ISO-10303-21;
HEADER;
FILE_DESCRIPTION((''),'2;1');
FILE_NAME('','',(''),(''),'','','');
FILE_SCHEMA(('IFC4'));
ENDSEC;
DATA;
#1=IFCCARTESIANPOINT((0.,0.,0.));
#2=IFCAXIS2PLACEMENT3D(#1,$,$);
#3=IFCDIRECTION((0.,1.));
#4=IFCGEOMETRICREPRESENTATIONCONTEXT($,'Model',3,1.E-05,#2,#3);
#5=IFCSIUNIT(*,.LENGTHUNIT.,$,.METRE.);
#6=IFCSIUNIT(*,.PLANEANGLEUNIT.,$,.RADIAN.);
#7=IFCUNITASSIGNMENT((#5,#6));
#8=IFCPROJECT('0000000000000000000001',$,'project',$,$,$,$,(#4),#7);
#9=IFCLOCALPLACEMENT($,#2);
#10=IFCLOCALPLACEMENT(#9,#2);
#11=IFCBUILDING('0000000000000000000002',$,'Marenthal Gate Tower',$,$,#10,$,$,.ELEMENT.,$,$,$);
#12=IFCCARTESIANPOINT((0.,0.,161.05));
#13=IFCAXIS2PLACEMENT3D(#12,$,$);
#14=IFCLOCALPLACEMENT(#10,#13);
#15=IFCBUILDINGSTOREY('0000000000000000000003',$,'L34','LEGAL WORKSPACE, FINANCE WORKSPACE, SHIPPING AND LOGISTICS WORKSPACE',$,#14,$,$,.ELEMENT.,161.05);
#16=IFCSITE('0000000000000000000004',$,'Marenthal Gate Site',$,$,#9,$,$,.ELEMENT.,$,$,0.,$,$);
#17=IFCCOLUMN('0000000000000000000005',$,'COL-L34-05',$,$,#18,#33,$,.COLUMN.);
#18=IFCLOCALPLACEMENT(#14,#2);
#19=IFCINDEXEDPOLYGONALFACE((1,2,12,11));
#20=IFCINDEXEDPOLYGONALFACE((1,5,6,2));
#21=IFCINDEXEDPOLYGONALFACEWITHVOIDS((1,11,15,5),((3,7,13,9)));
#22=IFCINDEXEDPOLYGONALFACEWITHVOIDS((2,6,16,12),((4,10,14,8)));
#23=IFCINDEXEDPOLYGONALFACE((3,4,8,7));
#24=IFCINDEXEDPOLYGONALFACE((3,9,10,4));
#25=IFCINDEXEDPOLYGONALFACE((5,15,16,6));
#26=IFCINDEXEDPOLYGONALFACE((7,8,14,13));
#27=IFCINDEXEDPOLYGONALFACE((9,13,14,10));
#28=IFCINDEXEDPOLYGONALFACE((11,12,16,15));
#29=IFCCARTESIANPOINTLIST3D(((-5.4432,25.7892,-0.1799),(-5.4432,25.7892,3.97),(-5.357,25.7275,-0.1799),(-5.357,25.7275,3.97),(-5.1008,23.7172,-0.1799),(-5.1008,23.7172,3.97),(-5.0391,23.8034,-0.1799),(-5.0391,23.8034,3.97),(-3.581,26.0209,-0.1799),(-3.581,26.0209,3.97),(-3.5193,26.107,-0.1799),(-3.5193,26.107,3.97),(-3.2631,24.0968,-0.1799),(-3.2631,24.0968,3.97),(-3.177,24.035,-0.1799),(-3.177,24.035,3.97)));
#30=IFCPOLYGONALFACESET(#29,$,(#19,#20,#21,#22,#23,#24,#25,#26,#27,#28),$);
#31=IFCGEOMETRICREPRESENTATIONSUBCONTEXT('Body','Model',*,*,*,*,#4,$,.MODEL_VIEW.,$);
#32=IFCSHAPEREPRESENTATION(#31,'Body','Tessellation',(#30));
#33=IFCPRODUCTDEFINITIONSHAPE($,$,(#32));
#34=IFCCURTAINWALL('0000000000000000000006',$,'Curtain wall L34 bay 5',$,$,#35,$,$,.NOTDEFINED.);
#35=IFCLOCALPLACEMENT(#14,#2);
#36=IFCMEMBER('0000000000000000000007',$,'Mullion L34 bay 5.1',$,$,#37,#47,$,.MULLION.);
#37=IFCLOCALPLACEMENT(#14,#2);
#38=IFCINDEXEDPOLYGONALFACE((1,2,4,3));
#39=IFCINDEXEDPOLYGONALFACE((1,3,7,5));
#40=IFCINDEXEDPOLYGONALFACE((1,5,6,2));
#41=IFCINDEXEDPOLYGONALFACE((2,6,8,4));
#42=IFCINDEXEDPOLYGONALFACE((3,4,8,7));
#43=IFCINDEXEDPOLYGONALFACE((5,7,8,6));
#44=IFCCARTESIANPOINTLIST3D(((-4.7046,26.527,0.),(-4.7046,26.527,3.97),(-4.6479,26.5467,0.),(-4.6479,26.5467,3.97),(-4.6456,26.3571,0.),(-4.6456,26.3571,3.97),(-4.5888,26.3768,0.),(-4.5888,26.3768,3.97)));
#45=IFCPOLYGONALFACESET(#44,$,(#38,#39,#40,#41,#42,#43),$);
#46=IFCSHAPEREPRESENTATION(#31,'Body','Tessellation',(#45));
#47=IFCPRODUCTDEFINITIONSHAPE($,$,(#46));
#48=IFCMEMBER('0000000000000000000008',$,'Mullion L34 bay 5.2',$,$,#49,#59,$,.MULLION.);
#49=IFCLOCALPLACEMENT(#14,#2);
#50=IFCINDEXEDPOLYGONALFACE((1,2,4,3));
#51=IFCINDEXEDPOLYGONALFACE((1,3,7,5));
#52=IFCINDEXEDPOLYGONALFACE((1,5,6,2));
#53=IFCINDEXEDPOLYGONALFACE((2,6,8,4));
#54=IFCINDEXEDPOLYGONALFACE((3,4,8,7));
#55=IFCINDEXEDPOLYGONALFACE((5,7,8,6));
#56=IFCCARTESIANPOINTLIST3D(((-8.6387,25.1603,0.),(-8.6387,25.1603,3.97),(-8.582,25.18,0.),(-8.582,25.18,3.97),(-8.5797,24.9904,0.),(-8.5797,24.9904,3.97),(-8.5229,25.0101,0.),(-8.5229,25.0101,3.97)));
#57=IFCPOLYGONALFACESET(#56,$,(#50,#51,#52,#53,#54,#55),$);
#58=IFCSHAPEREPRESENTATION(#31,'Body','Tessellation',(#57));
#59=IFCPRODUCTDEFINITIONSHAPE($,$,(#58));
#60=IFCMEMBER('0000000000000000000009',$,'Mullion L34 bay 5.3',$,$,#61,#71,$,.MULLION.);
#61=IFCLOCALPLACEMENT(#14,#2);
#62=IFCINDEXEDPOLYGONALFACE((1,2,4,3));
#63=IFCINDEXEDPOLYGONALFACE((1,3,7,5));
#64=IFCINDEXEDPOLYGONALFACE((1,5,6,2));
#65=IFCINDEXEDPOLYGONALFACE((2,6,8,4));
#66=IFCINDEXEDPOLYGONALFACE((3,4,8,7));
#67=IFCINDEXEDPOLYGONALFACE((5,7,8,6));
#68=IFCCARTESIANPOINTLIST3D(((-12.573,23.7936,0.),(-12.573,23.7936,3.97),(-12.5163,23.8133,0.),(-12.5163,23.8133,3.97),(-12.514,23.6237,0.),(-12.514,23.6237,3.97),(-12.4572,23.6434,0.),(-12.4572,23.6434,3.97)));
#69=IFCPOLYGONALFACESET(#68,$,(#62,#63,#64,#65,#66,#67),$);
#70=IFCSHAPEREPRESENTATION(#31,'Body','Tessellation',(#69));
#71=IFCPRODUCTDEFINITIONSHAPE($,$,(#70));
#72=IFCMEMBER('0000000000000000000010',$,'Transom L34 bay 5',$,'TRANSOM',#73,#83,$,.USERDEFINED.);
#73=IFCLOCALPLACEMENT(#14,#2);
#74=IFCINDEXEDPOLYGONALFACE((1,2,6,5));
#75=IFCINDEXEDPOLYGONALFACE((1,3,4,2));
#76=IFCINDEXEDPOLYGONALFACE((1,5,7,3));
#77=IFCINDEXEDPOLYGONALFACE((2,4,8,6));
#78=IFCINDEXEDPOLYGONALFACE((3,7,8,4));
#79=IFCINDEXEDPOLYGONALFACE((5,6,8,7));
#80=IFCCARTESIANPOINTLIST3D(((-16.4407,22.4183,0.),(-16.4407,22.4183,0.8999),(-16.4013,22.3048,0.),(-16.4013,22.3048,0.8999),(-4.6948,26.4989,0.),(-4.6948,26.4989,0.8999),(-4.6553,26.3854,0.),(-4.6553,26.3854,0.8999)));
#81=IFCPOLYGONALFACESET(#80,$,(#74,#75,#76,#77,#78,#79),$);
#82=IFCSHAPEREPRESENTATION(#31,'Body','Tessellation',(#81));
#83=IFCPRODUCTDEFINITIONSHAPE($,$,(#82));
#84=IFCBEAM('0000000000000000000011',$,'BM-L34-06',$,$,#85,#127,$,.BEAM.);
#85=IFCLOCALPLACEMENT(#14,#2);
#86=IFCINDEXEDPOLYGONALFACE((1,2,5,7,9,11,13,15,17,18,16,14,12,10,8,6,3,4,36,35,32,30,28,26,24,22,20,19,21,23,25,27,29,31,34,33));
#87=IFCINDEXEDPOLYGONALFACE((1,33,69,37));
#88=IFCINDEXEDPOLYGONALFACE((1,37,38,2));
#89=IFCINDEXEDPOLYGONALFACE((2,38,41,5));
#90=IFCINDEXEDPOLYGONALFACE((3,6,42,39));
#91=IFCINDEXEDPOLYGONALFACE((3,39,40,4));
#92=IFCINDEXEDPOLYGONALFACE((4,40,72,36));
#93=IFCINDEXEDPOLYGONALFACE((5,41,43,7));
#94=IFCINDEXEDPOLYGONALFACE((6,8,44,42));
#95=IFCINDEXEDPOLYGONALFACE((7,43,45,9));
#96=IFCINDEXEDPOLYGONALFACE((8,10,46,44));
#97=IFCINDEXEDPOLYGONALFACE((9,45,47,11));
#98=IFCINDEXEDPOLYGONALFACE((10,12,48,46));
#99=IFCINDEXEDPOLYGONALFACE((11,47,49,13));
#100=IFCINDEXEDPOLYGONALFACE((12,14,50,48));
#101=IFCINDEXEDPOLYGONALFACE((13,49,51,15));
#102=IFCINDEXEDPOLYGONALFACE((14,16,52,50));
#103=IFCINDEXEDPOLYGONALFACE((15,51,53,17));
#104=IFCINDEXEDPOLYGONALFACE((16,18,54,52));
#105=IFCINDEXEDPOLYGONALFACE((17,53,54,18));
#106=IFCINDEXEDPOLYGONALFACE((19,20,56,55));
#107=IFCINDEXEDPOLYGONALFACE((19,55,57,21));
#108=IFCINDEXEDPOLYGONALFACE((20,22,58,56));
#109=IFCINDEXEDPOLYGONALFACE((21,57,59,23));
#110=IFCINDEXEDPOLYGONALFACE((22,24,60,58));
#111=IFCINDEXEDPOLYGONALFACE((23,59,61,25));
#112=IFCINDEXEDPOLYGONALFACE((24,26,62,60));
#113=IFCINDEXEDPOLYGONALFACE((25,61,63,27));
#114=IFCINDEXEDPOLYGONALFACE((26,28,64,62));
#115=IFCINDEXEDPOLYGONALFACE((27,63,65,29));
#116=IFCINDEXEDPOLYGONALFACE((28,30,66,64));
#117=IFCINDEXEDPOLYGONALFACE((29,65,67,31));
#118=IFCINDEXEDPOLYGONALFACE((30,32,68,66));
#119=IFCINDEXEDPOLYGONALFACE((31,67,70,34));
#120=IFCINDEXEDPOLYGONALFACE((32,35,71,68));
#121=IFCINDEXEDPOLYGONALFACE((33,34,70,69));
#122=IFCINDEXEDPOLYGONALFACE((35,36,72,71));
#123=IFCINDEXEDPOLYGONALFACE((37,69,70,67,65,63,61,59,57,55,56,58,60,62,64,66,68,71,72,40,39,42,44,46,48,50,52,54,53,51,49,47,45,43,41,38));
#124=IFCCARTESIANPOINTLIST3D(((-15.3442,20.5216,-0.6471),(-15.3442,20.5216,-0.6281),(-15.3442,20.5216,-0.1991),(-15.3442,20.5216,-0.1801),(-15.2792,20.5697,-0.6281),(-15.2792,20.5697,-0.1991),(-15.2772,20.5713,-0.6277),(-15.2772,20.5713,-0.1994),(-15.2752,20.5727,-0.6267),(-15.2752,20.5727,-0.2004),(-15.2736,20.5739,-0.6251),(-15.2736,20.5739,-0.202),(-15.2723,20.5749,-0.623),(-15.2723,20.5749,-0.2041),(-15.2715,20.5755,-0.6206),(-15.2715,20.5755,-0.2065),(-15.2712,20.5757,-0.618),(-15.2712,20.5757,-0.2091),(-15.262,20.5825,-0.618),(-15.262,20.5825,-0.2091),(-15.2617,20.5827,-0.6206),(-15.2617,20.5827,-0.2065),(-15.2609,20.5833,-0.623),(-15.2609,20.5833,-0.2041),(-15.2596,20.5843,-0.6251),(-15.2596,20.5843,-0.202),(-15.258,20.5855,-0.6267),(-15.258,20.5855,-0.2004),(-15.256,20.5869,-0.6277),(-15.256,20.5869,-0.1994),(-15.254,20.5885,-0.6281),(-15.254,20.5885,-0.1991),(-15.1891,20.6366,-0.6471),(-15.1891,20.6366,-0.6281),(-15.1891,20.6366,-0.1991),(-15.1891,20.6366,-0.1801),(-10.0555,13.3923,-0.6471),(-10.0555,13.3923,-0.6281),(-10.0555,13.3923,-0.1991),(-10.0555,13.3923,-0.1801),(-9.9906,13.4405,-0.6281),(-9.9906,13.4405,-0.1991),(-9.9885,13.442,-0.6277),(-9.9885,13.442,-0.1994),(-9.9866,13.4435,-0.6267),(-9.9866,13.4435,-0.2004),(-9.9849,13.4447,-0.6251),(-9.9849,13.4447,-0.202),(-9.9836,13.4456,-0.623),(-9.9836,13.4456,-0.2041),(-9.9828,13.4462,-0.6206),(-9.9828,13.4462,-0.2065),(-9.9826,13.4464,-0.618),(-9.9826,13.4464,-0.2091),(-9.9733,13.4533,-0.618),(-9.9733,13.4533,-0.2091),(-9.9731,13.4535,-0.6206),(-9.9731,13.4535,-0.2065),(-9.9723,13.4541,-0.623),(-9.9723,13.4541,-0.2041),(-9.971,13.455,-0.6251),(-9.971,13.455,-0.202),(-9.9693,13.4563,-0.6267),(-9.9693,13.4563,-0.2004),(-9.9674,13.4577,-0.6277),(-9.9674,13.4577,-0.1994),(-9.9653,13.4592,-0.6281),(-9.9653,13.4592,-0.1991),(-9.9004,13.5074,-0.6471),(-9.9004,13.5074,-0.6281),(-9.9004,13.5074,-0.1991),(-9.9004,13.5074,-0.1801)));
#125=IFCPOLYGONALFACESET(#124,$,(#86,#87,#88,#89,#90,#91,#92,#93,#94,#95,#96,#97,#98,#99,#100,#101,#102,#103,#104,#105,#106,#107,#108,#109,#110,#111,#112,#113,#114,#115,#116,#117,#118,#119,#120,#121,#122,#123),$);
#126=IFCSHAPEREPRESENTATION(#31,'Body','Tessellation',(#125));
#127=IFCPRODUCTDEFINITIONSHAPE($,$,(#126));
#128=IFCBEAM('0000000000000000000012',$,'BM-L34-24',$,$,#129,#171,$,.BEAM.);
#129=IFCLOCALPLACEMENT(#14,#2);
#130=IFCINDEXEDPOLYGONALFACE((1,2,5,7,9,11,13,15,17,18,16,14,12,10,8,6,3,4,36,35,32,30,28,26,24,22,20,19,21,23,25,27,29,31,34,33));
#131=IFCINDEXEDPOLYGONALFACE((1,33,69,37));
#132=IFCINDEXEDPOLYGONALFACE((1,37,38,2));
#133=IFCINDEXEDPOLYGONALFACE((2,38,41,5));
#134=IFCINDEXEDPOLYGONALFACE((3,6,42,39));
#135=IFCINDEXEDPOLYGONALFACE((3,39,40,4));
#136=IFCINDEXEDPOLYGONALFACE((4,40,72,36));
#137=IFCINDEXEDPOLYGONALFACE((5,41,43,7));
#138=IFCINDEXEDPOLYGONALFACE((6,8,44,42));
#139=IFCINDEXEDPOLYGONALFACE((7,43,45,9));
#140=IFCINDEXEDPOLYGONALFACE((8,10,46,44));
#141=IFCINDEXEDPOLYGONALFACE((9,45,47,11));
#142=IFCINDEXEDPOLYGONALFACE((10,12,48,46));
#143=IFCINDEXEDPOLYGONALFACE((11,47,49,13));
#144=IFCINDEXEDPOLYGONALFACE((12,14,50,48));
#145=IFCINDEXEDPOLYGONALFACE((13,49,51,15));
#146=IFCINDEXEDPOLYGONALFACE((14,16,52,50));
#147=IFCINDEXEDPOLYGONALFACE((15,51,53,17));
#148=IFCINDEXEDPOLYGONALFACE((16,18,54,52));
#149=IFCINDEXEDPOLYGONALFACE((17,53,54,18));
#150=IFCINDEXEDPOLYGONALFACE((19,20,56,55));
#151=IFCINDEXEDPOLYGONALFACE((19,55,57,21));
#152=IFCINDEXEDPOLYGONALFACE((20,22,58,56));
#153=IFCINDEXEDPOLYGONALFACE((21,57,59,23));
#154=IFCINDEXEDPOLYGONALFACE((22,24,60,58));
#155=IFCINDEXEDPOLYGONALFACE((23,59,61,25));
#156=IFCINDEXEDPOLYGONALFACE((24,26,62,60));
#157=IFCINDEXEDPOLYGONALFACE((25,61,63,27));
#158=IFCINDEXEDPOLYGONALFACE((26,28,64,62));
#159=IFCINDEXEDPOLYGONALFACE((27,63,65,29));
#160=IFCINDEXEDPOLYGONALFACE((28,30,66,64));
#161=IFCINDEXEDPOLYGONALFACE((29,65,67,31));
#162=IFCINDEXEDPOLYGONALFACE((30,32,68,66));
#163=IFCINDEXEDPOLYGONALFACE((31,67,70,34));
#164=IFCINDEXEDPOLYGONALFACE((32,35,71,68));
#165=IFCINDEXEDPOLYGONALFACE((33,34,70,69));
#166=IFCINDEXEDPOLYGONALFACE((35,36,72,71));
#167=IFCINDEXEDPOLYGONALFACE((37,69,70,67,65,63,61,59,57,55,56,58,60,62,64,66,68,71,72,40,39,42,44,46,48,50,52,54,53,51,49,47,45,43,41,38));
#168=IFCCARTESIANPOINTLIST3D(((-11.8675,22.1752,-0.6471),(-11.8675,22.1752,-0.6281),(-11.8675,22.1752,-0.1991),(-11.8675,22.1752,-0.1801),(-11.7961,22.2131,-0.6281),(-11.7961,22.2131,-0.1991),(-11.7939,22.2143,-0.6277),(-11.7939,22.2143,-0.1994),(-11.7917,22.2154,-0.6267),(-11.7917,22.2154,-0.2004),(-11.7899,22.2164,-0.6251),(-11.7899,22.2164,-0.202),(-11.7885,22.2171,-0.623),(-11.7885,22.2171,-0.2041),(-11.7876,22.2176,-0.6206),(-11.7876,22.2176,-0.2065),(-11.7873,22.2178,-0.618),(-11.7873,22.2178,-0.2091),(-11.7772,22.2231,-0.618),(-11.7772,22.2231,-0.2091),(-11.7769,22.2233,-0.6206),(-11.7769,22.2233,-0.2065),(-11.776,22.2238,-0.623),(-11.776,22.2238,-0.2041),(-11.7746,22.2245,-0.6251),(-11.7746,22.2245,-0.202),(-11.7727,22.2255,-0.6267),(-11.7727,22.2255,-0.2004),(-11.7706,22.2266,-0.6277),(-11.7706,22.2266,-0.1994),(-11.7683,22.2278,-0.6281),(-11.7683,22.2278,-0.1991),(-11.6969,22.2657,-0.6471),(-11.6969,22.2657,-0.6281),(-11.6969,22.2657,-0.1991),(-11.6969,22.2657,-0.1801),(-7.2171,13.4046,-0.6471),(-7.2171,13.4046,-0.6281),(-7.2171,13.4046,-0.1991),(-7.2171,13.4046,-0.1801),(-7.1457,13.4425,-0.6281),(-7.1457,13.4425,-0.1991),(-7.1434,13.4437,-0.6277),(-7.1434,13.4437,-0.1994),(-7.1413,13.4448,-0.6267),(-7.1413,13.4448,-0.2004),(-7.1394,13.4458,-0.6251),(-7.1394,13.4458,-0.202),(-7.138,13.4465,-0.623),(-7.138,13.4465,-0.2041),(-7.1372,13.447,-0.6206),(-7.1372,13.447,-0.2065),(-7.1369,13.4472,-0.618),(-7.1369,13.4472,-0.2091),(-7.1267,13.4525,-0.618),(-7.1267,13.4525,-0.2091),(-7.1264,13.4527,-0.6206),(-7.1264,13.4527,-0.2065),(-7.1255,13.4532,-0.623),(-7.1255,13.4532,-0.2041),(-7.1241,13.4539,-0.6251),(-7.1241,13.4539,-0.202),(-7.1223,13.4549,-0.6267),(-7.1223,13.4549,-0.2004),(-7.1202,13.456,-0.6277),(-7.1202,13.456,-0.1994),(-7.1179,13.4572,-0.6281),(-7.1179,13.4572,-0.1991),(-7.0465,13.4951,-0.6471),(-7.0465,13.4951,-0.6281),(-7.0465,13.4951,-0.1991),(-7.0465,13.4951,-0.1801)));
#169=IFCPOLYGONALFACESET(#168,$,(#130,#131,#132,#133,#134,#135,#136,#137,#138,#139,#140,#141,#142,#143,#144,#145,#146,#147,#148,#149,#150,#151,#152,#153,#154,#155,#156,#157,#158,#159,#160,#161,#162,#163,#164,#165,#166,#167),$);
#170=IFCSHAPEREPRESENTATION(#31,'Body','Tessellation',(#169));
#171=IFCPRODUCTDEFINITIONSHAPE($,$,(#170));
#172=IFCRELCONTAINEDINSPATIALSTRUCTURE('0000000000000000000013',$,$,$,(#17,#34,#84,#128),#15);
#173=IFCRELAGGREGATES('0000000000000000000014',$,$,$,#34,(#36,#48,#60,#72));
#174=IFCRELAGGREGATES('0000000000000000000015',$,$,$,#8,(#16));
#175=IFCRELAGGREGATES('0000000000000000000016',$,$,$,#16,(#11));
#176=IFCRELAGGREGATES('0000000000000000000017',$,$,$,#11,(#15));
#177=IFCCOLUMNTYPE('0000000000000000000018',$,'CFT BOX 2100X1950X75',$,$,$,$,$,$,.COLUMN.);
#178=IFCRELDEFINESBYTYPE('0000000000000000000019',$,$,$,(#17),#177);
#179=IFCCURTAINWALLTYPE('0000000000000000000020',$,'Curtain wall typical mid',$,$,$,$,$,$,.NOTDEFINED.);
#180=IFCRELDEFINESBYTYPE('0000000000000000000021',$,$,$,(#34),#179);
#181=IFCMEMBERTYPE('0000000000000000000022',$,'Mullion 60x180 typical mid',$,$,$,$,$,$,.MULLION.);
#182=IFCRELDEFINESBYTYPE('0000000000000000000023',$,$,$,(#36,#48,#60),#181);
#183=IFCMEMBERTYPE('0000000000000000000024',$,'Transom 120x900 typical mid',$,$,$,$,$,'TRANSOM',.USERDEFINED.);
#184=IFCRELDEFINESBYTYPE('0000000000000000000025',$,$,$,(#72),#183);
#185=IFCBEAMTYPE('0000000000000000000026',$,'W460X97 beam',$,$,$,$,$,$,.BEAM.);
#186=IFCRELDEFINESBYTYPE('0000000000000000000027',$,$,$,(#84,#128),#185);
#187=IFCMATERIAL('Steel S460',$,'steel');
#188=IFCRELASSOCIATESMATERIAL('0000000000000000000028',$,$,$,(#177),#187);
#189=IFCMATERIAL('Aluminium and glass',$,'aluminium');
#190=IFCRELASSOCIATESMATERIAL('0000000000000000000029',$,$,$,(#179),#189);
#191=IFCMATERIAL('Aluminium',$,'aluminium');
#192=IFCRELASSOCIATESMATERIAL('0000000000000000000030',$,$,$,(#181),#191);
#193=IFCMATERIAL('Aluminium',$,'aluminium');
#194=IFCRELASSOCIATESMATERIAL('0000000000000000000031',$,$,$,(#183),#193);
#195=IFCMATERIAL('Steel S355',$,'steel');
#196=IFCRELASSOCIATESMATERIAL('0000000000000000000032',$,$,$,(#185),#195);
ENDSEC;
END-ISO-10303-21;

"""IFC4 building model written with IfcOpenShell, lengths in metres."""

from ifc_helpers import new_model, si_unit, direction, frame, origin, origin_2d, place, context, subcontext, project, spatial, rectangle, hollow_rectangle, i_section, extrude, material, material_profile, profile_set, type_object, element, aggregate, save


model = new_model("IFC4")

# Units and contexts
model_context = context("Model", 3, precision=1e-05, world=origin(), true_north=direction((0.0, 1.0)))
body_context = subcontext(model_context, "Body", "Model", "MODEL_VIEW")
ifc_project = project(units=[si_unit("LENGTHUNIT", "METRE"), si_unit("PLANEANGLEUNIT", "RADIAN")], contexts=[model_context])

# Site, building, storey
site_placement = place(None, origin())
site = spatial("IfcSite", under=ifc_project, at=site_placement, Name="Marenthal Gate Site", CompositionType="ELEMENT", RefElevation=0.0)
building_placement = place(site_placement, origin())
building = spatial("IfcBuilding", under=site, at=building_placement, Name="Marenthal Gate Tower", CompositionType="ELEMENT")
storey_placement = place(building_placement, frame((0.0, 0.0, 161.05)))
storey = spatial("IfcBuildingStorey", under=building, at=storey_placement, Name="L34", Description="LEGAL WORKSPACE, FINANCE WORKSPACE, SHIPPING AND LOGISTICS WORKSPACE", CompositionType="ELEMENT", Elevation=161.05)

# Column
ifc_material_1 = material(Name="Steel S460", Category="steel")
ifc_material_profile_1 = material_profile(ifc_material_1, hollow_rectangle(XDim=1.95, YDim=2.1001, WallThickness=0.075, at=origin_2d()), Name="CFT BOX 2100X1950X75")
ifc_material_2 = material(Name="Concrete 70 MPa", Category="concrete")
ifc_material_profile_2 = material_profile(ifc_material_2, rectangle(XDim=1.8, YDim=1.95, at=origin_2d()), Name="CFT BOX 2100X1950X75 INFILL")
ifc_profile_set_1 = profile_set([ifc_material_profile_1, ifc_material_profile_2], Name="Steel S460 shell, Concrete 70 MPa infill")
column_type = type_object("IfcColumnType", Name="CFT BOX 2100X1950X75", PredefinedType="COLUMN", material=ifc_profile_set_1)
column_placement = place(storey_placement, frame((-4.3101, 24.9121, -0.1799), z_axis=(0.0, 0.0, 1.0), x_axis=(0.986627, 0.162997, 0.0)))
element("IfcColumn", 1, at=column_placement, inside=storey, type_object=column_type, Name="COL-L34-05", PredefinedType="COLUMN", context=body_context, shape_type="SweptSolid", body=[
    extrude(hollow_rectangle(XDim=1.95, YDim=2.1001, WallThickness=0.075, at=origin_2d()), origin(), (0.0, 0.0, 1.0), 4.1499),
])

# Curtain wall, members
ifc_material_3 = material(Name="Aluminium and glass", Category="aluminium")
curtain_wall_type = type_object("IfcCurtainWallType", Name="Curtain wall typical mid", PredefinedType="NOTDEFINED", material=ifc_material_3)
curtain_wall_placement = place(storey_placement, origin())
curtain_wall = element("IfcCurtainWall", 2, at=curtain_wall_placement, inside=storey, type_object=curtain_wall_type, Name="Curtain wall L34 bay 5", PredefinedType="NOTDEFINED")
ifc_material_4 = material(Name="Aluminium", Category="aluminium")
ifc_material_profile_3 = material_profile(ifc_material_4, rectangle(XDim=0.1799, YDim=0.0601, at=origin_2d()), Name="60x180 aluminium mullion")
ifc_profile_set_2 = profile_set([ifc_material_profile_3], Name="Aluminium")
member_type_1 = type_object("IfcMemberType", Name="Mullion 60x180 typical mid", PredefinedType="MULLION", material=ifc_profile_set_2)
member_1_placement = place(storey_placement, frame((-4.6467, 26.4519, 0.0), z_axis=(0.0, 0.0, 1.0), x_axis=(0.328158, -0.944623, 0.0)))
member_1 = element("IfcMember", 3, at=member_1_placement, type_object=member_type_1, Name="Mullion L34 bay 5.1", PredefinedType="MULLION", context=body_context, shape_type="SweptSolid", body=[
    extrude(rectangle(XDim=0.1799, YDim=0.0601, at=origin_2d()), origin(), (0.0, 0.0, 1.0), 3.97),
])
member_2_placement = place(storey_placement, frame((-8.5808, 25.0852, 0.0), z_axis=(0.0, 0.0, 1.0), x_axis=(0.328158, -0.944623, 0.0)))
member_2 = element("IfcMember", 4, at=member_2_placement, type_object=member_type_1, Name="Mullion L34 bay 5.2", PredefinedType="MULLION", context=body_context, shape_type="SweptSolid", body=[
    extrude(rectangle(XDim=0.1799, YDim=0.0601, at=origin_2d()), origin(), (0.0, 0.0, 1.0), 3.97),
])
member_3_placement = place(storey_placement, frame((-12.5151, 23.7185, 0.0), z_axis=(0.0, 0.0, 1.0), x_axis=(0.328158, -0.944623, 0.0)))
member_3 = element("IfcMember", 5, at=member_3_placement, type_object=member_type_1, Name="Mullion L34 bay 5.3", PredefinedType="MULLION", context=body_context, shape_type="SweptSolid", body=[
    extrude(rectangle(XDim=0.1799, YDim=0.0601, at=origin_2d()), origin(), (0.0, 0.0, 1.0), 3.97),
])
ifc_material_5 = material(Name="Aluminium", Category="aluminium")
ifc_material_profile_4 = material_profile(ifc_material_5, rectangle(XDim=0.1201, YDim=0.8999, at=origin_2d()), Name="120x900 aluminium transom")
ifc_profile_set_3 = profile_set([ifc_material_profile_4], Name="Aluminium")
member_type_2 = type_object("IfcMemberType", Name="Transom 120x900 typical mid", ElementType="TRANSOM", PredefinedType="USERDEFINED", material=ifc_profile_set_3)
member_4_placement = place(storey_placement, frame((-4.675, 26.4421, 0.45), z_axis=(-0.94462, -0.328166, 0.0), x_axis=(0.328166, -0.94462, 0.0)))
member_4 = element("IfcMember", 6, at=member_4_placement, type_object=member_type_2, Name="Transom L34 bay 5", ObjectType="TRANSOM", PredefinedType="USERDEFINED", context=body_context, shape_type="SweptSolid", body=[
    extrude(rectangle(XDim=0.1201, YDim=0.8999, at=origin_2d()), origin(), (0.0, 0.0, 1.0), 12.4346),
])

# Beams
ifc_material_6 = material(Name="Steel S355", Category="steel")
ifc_material_profile_5 = material_profile(ifc_material_6, i_section(OverallWidth=0.1931, OverallDepth=0.467, WebThickness=0.0115, FlangeThickness=0.019, FilletRadius=0.01, at=origin_2d()), Name="W460X97")
ifc_profile_set_4 = profile_set([ifc_material_profile_5], Name="Steel S355")
beam_type_1 = type_object("IfcBeamType", Name="W460X97 beam", PredefinedType="BEAM", material=ifc_profile_set_4)
beam_1_placement = place(storey_placement, frame((-15.2666, 20.5791, -0.4136), z_axis=(0.595789, -0.803141, 0.0), x_axis=(0.803141, 0.595789, 0.0)))
element("IfcBeam", 7, at=beam_1_placement, inside=storey, type_object=beam_type_1, Name="BM-L34-06", PredefinedType="BEAM", context=body_context, shape_type="SweptSolid", body=[
    extrude(i_section(OverallWidth=0.1931, OverallDepth=0.467, WebThickness=0.0115, FlangeThickness=0.019, FilletRadius=0.01, at=origin_2d()), origin(), (0.0, 0.0, 1.0), 8.8767),
])
beam_2_placement = place(storey_placement, frame((-11.7822, 22.2205, -0.4136), z_axis=(0.468453, -0.883489, 0.0), x_axis=(0.883489, 0.468453, 0.0)))
element("IfcBeam", 8, at=beam_2_placement, inside=storey, type_object=beam_type_1, Name="BM-L34-24", PredefinedType="BEAM", context=body_context, shape_type="SweptSolid", body=[
    extrude(i_section(OverallWidth=0.1931, OverallDepth=0.467, WebThickness=0.0115, FlangeThickness=0.019, FilletRadius=0.01, at=origin_2d()), origin(), (0.0, 0.0, 1.0), 9.9272),
])

aggregate(curtain_wall, [member_1, member_2, member_3, member_4])

save(model, "model.ifc")
